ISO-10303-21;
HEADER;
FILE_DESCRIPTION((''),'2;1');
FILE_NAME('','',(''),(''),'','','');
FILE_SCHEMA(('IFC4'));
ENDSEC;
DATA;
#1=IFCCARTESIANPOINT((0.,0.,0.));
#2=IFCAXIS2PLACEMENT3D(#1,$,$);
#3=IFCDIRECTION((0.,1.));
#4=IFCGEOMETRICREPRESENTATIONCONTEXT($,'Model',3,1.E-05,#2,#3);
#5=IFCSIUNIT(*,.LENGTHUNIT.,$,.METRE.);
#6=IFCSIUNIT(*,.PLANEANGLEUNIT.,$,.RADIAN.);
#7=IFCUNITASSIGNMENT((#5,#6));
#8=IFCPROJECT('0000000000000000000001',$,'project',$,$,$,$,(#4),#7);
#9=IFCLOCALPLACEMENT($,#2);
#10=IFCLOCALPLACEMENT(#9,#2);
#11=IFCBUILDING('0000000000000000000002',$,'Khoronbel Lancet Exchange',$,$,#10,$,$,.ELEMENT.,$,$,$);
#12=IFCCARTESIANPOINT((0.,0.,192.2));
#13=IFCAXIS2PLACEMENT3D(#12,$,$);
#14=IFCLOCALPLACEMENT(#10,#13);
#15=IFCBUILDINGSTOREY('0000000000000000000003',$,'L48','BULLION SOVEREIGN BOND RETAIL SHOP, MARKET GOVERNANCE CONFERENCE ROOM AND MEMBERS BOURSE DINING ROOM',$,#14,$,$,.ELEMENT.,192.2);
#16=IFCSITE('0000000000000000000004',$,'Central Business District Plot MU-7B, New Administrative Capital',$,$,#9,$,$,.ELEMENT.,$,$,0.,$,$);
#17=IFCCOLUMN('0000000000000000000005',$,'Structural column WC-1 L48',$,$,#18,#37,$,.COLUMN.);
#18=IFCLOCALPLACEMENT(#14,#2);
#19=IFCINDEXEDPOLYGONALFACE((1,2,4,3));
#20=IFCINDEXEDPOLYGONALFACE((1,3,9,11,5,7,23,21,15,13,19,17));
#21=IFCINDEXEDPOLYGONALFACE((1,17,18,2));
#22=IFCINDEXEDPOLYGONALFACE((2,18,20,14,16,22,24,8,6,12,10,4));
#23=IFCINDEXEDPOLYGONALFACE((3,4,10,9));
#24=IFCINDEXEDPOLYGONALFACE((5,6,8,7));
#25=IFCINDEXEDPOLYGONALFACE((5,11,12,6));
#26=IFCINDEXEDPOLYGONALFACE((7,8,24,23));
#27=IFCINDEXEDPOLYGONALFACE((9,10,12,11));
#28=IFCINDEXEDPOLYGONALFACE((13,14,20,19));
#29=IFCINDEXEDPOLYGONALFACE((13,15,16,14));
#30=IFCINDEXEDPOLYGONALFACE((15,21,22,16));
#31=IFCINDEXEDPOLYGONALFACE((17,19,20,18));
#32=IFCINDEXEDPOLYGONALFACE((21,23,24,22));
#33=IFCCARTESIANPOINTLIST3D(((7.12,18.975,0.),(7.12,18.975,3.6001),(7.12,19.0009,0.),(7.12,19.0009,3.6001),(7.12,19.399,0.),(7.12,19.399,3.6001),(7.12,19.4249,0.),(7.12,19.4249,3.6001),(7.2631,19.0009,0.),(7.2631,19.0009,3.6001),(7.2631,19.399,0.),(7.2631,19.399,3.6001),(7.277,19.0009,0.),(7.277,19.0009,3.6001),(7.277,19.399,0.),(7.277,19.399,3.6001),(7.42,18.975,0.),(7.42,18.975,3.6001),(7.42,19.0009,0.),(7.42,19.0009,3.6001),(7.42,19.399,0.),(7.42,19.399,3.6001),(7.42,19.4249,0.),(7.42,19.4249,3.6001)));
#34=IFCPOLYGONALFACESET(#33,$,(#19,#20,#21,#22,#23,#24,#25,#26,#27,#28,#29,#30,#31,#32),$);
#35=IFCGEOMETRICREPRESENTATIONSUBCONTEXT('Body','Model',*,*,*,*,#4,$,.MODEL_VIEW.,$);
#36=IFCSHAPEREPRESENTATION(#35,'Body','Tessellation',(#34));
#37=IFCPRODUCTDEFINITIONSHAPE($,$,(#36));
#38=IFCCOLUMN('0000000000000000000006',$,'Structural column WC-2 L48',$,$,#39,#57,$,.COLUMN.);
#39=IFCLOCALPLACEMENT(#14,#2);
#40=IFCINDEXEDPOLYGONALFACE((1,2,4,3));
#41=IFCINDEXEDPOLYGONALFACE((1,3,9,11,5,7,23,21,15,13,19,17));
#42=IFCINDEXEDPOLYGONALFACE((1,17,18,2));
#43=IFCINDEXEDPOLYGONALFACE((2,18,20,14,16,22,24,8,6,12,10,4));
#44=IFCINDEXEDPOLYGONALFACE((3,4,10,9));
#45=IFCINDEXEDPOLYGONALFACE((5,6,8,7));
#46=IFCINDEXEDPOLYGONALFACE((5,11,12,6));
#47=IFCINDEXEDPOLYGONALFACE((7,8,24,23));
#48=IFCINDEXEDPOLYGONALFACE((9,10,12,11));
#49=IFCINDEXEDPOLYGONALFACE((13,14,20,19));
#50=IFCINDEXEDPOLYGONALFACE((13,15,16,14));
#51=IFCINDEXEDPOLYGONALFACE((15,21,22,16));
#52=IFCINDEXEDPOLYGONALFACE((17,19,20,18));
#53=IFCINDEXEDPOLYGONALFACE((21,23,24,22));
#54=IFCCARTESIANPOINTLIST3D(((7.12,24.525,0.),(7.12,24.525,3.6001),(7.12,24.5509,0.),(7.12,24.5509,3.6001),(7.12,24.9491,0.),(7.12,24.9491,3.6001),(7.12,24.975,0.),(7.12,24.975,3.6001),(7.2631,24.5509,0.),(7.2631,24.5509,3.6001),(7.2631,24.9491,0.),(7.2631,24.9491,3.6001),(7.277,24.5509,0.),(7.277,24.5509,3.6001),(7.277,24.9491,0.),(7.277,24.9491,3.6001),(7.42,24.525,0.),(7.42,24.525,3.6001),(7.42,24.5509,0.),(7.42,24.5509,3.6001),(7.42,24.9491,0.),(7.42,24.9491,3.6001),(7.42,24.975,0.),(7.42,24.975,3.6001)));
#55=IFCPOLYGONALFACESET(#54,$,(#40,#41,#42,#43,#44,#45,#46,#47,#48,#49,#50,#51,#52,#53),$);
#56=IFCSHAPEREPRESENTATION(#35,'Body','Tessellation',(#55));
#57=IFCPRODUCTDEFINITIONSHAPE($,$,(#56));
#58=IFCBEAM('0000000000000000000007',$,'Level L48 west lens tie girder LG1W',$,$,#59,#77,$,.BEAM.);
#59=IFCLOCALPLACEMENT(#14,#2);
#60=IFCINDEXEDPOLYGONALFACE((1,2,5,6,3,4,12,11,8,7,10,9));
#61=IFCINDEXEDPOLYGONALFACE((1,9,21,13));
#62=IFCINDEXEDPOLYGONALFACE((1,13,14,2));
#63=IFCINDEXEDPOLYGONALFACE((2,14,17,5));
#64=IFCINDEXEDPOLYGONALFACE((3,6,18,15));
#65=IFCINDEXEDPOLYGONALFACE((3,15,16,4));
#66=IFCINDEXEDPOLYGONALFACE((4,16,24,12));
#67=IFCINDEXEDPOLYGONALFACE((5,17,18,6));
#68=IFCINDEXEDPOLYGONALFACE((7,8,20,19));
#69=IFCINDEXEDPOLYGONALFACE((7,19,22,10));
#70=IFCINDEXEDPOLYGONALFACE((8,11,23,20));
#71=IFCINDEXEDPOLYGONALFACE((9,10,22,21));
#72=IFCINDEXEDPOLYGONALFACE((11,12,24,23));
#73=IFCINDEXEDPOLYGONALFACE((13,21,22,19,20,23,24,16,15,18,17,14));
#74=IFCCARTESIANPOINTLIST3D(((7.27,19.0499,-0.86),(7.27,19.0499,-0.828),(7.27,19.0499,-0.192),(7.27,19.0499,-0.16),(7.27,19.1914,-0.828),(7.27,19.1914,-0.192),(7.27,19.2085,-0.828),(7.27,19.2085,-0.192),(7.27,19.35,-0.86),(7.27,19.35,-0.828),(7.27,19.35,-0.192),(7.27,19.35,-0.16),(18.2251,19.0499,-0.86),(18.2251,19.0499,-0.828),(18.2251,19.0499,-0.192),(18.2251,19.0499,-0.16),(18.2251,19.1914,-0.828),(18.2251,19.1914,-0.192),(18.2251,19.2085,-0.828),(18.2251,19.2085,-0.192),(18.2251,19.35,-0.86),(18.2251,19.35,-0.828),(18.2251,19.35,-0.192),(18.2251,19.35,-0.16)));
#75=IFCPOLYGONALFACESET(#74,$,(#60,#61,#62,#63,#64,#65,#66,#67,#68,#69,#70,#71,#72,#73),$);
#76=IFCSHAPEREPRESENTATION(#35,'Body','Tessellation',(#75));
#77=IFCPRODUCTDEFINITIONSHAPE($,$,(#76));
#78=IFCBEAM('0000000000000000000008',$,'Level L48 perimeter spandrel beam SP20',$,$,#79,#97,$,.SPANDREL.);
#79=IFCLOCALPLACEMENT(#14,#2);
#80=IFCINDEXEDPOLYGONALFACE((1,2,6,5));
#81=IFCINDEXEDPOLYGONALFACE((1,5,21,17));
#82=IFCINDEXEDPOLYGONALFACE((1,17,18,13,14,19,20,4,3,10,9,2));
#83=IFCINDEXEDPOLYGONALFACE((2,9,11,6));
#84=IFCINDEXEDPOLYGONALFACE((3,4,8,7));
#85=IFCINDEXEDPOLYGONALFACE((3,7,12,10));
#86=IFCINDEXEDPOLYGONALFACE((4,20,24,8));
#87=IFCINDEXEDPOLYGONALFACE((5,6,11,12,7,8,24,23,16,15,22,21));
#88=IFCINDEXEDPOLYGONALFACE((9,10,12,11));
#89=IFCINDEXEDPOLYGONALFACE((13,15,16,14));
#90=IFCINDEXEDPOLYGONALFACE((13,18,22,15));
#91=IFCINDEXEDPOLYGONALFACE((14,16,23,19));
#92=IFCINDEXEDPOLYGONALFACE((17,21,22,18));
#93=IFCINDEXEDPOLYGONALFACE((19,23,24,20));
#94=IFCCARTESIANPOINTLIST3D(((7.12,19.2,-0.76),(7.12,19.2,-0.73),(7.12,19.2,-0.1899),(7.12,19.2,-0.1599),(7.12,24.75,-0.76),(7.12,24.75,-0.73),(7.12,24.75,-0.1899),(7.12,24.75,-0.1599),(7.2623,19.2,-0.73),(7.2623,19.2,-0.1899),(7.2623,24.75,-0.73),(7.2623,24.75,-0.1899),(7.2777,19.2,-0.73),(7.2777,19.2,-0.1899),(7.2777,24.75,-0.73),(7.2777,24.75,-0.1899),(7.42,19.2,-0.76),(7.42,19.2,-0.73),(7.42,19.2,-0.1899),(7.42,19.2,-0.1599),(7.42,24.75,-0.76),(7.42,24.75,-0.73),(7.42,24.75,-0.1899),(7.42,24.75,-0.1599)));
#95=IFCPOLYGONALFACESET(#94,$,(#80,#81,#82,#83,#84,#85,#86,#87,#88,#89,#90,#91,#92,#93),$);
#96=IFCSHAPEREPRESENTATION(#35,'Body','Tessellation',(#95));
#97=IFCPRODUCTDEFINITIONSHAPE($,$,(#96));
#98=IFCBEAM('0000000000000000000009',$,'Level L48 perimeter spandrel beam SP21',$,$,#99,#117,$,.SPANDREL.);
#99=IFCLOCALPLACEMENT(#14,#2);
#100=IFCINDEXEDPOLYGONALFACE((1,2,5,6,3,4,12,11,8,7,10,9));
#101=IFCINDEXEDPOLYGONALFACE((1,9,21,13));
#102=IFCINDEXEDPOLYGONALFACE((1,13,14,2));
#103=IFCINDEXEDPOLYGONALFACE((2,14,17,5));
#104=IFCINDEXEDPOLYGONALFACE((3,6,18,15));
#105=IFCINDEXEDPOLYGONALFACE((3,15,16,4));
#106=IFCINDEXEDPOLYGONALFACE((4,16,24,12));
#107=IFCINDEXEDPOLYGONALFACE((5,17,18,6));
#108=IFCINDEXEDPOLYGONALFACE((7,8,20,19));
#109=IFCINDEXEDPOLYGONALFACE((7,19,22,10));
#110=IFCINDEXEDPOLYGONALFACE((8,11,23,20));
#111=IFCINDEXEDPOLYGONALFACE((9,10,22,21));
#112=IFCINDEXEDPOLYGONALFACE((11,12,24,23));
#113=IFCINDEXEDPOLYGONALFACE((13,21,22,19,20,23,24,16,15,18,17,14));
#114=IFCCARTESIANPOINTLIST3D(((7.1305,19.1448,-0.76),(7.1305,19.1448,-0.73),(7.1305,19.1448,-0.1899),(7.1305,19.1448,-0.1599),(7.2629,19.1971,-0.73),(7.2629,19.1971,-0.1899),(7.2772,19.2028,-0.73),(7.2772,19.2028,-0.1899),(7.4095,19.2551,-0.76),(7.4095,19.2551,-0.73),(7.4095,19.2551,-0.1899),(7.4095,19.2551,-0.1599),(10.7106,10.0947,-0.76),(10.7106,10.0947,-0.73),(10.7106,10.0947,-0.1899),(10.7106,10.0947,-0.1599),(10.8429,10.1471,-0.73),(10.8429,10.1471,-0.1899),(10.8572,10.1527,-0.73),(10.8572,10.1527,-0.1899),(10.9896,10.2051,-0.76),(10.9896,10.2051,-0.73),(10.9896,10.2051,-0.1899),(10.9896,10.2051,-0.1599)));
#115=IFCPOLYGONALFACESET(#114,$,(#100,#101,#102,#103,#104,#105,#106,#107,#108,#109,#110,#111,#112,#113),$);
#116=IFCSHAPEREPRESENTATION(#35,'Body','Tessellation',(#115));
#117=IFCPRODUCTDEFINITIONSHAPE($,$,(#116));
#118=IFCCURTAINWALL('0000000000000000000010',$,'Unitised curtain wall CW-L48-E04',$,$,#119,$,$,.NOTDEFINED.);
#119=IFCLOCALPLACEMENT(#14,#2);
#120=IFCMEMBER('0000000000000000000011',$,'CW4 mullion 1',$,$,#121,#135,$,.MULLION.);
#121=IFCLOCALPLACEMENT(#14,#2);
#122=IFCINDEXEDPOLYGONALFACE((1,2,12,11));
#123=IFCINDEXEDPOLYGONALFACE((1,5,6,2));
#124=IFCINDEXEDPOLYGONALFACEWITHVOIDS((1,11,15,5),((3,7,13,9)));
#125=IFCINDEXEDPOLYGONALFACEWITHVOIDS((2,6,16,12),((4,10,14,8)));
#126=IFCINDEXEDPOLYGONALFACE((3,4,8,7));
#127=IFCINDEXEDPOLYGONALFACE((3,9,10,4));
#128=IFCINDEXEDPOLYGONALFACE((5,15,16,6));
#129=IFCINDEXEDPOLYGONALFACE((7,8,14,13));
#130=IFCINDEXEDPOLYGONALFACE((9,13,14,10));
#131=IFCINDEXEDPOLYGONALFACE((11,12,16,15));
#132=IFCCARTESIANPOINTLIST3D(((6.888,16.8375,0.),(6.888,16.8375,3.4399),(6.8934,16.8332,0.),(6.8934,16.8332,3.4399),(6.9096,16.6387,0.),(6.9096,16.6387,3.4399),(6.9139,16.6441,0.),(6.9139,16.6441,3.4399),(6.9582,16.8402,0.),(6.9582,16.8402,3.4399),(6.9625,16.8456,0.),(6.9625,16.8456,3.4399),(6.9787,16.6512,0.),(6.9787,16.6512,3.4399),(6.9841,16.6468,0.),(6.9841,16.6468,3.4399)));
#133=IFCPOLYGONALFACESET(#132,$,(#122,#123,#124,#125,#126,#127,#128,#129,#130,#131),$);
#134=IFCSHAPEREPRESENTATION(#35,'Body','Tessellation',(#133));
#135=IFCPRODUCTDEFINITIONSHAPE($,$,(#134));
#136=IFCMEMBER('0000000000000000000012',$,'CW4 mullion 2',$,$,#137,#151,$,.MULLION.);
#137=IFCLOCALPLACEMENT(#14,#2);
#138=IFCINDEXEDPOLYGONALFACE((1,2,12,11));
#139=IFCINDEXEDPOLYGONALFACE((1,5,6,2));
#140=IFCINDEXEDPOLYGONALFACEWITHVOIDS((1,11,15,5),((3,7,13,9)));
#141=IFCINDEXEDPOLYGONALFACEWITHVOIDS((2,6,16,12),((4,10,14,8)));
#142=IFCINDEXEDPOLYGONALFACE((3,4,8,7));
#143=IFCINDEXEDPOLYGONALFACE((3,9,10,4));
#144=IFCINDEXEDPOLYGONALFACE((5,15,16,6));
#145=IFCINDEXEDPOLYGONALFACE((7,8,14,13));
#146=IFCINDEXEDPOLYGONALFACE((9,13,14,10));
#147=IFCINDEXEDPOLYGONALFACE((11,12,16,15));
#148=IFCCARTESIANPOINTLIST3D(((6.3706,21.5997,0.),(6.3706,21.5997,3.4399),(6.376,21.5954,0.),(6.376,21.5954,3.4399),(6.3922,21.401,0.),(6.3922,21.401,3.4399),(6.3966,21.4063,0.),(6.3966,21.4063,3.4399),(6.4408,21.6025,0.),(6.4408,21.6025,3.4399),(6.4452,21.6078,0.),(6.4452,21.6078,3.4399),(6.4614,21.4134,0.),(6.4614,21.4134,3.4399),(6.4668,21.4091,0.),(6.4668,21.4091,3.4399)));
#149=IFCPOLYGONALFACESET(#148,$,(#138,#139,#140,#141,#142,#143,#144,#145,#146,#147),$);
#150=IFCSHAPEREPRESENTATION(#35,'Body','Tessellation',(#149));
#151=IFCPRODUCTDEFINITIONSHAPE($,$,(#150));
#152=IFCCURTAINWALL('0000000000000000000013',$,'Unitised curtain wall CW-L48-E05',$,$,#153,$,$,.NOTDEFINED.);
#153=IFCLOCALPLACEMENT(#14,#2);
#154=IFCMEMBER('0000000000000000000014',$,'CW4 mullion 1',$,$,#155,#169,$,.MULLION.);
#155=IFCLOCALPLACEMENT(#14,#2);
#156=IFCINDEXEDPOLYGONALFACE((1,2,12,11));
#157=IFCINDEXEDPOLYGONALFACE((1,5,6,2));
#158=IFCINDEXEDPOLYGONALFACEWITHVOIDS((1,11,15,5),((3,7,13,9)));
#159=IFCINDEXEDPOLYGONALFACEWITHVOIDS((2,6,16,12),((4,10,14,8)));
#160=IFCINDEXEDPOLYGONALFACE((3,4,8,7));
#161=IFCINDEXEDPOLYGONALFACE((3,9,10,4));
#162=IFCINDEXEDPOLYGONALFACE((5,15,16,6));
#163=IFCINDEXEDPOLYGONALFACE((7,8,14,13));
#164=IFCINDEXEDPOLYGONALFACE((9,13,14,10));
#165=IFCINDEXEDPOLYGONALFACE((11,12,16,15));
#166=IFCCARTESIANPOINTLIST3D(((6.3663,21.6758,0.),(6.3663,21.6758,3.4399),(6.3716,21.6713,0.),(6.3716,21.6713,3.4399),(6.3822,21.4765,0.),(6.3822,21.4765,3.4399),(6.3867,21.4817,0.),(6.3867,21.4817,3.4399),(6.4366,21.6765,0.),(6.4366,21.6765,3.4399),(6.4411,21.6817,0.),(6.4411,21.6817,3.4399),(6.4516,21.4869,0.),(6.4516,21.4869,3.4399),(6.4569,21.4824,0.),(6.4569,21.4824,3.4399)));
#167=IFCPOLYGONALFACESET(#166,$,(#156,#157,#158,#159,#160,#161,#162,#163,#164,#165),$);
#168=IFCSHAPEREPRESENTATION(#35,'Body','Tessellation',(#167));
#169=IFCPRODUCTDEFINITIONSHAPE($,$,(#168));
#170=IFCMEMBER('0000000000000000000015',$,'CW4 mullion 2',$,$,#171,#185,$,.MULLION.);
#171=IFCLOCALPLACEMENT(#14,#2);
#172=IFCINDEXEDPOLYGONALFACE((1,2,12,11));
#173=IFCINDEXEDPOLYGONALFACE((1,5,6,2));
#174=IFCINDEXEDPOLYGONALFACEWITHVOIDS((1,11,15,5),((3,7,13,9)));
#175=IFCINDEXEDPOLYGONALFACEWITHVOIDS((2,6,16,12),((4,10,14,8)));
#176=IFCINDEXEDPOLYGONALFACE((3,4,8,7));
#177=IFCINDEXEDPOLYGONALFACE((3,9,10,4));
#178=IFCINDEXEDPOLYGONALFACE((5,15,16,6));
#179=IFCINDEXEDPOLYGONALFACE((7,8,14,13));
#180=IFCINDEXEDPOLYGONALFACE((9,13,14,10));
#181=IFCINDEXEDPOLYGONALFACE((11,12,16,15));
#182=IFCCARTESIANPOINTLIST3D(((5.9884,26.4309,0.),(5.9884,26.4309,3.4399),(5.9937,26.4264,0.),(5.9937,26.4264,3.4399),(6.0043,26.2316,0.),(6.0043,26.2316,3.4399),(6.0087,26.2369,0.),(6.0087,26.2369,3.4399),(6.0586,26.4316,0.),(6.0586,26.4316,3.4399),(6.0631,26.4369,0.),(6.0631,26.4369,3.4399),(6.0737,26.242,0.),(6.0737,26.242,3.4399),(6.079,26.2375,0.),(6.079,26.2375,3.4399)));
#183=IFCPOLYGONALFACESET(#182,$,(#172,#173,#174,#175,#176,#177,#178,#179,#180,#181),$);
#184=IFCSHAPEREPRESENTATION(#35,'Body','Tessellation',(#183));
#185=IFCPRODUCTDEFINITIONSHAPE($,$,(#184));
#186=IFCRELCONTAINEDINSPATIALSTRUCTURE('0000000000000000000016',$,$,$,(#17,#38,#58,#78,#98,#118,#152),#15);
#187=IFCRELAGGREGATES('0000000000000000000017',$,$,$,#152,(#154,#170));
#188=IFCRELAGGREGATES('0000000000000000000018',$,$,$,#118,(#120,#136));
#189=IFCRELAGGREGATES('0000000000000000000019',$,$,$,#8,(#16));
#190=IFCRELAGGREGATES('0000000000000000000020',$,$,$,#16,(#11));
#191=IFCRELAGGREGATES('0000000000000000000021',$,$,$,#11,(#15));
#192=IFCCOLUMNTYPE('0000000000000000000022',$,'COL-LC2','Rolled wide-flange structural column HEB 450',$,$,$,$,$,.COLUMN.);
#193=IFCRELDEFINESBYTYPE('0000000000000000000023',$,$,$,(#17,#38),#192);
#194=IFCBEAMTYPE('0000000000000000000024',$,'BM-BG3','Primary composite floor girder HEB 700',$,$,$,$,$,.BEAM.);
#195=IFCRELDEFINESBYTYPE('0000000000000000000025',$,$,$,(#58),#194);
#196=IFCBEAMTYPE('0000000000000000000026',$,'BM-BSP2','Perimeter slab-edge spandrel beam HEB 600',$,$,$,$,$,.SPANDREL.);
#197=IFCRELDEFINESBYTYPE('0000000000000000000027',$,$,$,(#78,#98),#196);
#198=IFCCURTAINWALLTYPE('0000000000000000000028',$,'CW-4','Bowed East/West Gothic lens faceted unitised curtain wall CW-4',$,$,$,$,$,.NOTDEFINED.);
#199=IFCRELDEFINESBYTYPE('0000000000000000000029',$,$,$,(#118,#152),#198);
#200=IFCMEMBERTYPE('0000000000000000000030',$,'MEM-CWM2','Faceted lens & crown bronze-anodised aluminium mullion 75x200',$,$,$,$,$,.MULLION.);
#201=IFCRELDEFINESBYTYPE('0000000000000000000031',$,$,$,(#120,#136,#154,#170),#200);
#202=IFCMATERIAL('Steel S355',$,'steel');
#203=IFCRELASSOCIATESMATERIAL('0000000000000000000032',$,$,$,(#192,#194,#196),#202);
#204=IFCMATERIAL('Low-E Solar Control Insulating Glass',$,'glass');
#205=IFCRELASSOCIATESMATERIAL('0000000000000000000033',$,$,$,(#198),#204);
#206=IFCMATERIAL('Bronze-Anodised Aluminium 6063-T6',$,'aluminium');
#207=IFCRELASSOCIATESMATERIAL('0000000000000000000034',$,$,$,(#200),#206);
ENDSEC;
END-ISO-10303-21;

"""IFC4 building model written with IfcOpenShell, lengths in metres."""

from ifc_helpers import new_model, si_unit, direction, frame, origin, origin_2d, place, context, subcontext, project, spatial, hollow_rectangle, i_section, extrude, material, material_profile, profile_set, type_object, element, aggregate, save


model = new_model("IFC4")

# Units and contexts
model_context = context("Model", 3, precision=1e-05, world=origin(), true_north=direction((0.0, 1.0)))
body_context = subcontext(model_context, "Body", "Model", "MODEL_VIEW")
ifc_project = project(units=[si_unit("LENGTHUNIT", "METRE"), si_unit("PLANEANGLEUNIT", "RADIAN")], contexts=[model_context])

# Site, building, storey
site_placement = place(None, origin())
site = spatial("IfcSite", under=ifc_project, at=site_placement, Name="Central Business District Plot MU-7B, New Administrative Capital", CompositionType="ELEMENT", RefElevation=0.0)
building_placement = place(site_placement, origin())
building = spatial("IfcBuilding", under=site, at=building_placement, Name="Khoronbel Lancet Exchange", CompositionType="ELEMENT")
storey_placement = place(building_placement, frame((0.0, 0.0, 192.2)))
storey = spatial("IfcBuildingStorey", under=building, at=storey_placement, Name="L48", Description="BULLION SOVEREIGN BOND RETAIL SHOP, MARKET GOVERNANCE CONFERENCE ROOM AND MEMBERS BOURSE DINING ROOM", CompositionType="ELEMENT", Elevation=192.2)

# Columns
ifc_material_1 = material(Name="Steel S355", Category="steel")
ifc_material_profile_1 = material_profile(ifc_material_1, i_section(OverallWidth=0.3, OverallDepth=0.45, WebThickness=0.0139, FlangeThickness=0.0259, at=origin_2d()), Name="HEB 450")
ifc_profile_set_1 = profile_set([ifc_material_profile_1], Name="Steel S355")
column_type = type_object("IfcColumnType", Name="COL-LC2", Description="Rolled wide-flange structural column HEB 450", PredefinedType="COLUMN", material=ifc_profile_set_1)
for number, where, z_axis, x_axis, name in (
    (1, (7.27, 19.2, 0.0), (0.0, 0.0, 1.0), (1.0, 0.0, 0.0), "Structural column WC-1 L48"),
    (2, (7.27, 24.75, 0.0), (0.0, 0.0, 1.0), (1.0, 0.0, 0.0), "Structural column WC-2 L48"),
):
    element("IfcColumn", number, at=place(storey_placement, frame(where, z_axis=z_axis, x_axis=x_axis)), inside=storey, type_object=column_type, Name=name, PredefinedType="COLUMN", context=body_context, shape_type="SweptSolid", body=[
        extrude(i_section(OverallWidth=0.3, OverallDepth=0.45, WebThickness=0.0139, FlangeThickness=0.0259, at=origin_2d()), origin(), (0.0, 0.0, 1.0), 3.6001),
    ])

# Beams
ifc_material_profile_2 = material_profile(ifc_material_1, i_section(OverallWidth=0.3, OverallDepth=0.7, WebThickness=0.0171, FlangeThickness=0.032, at=origin_2d()), Name="HEB 700")
ifc_profile_set_2 = profile_set([ifc_material_profile_2], Name="Steel S355")
beam_type_1 = type_object("IfcBeamType", Name="BM-BG3", Description="Primary composite floor girder HEB 700", PredefinedType="BEAM", material=ifc_profile_set_2)
beam_1_placement = place(storey_placement, frame((7.27, 19.2, -0.51), z_axis=(1.0, 0.0, 0.0), x_axis=(0.0, 1.0, 0.0)))
element("IfcBeam", 3, at=beam_1_placement, inside=storey, type_object=beam_type_1, Name="Level L48 west lens tie girder LG1W", PredefinedType="BEAM", context=body_context, shape_type="SweptSolid", body=[
    extrude(i_section(OverallWidth=0.3, OverallDepth=0.7, WebThickness=0.0171, FlangeThickness=0.032, at=origin_2d()), origin(), (0.0, 0.0, 1.0), 10.9551),
])
ifc_material_profile_3 = material_profile(ifc_material_1, i_section(OverallWidth=0.3, OverallDepth=0.6001, WebThickness=0.0154, FlangeThickness=0.03, at=origin_2d()), Name="HEB 600")
ifc_profile_set_3 = profile_set([ifc_material_profile_3], Name="Steel S355")
beam_type_2 = type_object("IfcBeamType", Name="BM-BSP2", Description="Perimeter slab-edge spandrel beam HEB 600", PredefinedType="SPANDREL", material=ifc_profile_set_3)
beam_2_placement = place(storey_placement, frame((7.27, 24.75, -0.46), z_axis=(0.0, -1.0, 0.0), x_axis=(1.0, 0.0, 0.0)))
element("IfcBeam", 4, at=beam_2_placement, inside=storey, type_object=beam_type_2, Name="Level L48 perimeter spandrel beam SP20", PredefinedType="SPANDREL", context=body_context, shape_type="SweptSolid", body=[
    extrude(i_section(OverallWidth=0.3, OverallDepth=0.6001, WebThickness=0.0154, FlangeThickness=0.03, at=origin_2d()), origin(), (0.0, 0.0, 1.0), 5.55),
])
beam_3_placement = place(storey_placement, frame((7.27, 19.2, -0.46), z_axis=(0.36785, -0.929885, 0.0), x_axis=(0.929885, 0.36785, 0.0)))
element("IfcBeam", 5, at=beam_3_placement, inside=storey, type_object=beam_type_2, Name="Level L48 perimeter spandrel beam SP21", PredefinedType="SPANDREL", context=body_context, shape_type="SweptSolid", body=[
    extrude(i_section(OverallWidth=0.3, OverallDepth=0.6001, WebThickness=0.0154, FlangeThickness=0.03, at=origin_2d()), origin(), (0.0, 0.0, 1.0), 9.7324),
])

# Curtain walls, members
ifc_material_2 = material(Name="Low-E Solar Control Insulating Glass", Category="glass")
curtain_wall_type = type_object("IfcCurtainWallType", Name="CW-4", Description="Bowed East/West Gothic lens faceted unitised curtain wall CW-4", PredefinedType="NOTDEFINED", material=ifc_material_2)
curtain_wall_1_placement = place(storey_placement, origin())
curtain_wall_1 = element("IfcCurtainWall", 6, at=curtain_wall_1_placement, inside=storey, type_object=curtain_wall_type, Name="Unitised curtain wall CW-L48-E04", PredefinedType="NOTDEFINED")
ifc_material_3 = material(Name="Bronze-Anodised Aluminium 6063-T6", Category="aluminium")
ifc_material_profile_4 = material_profile(ifc_material_3, hollow_rectangle(XDim=0.075, YDim=0.2, WallThickness=0.0049, at=origin_2d()), Name="ALU MULLION 75x200")
ifc_profile_set_4 = profile_set([ifc_material_profile_4], Name="Bronze-Anodised Aluminium 6063-T6")
member_type_1 = type_object("IfcMemberType", Name="MEM-CWM2", Description="Faceted lens & crown bronze-anodised aluminium mullion 75x200", PredefinedType="MULLION", material=ifc_profile_set_4)
member_1_placement = place(storey_placement, frame((6.936, 16.7422, 0.0), z_axis=(0.0, 0.0, 1.0), x_axis=(-0.994152, -0.10799, 0.0)))
member_1 = element("IfcMember", 7, at=member_1_placement, type_object=member_type_1, Name="CW4 mullion 1", PredefinedType="MULLION", context=body_context, shape_type="SweptSolid", body=[
    extrude(hollow_rectangle(XDim=0.075, YDim=0.2, WallThickness=0.0049, at=origin_2d()), origin(), (0.0, 0.0, 1.0), 3.4399),
])
member_2_placement = place(storey_placement, frame((6.4187, 21.5044, 0.0), z_axis=(0.0, 0.0, 1.0), x_axis=(-0.994152, -0.10799, 0.0)))
member_2 = element("IfcMember", 8, at=member_2_placement, type_object=member_type_1, Name="CW4 mullion 2", PredefinedType="MULLION", context=body_context, shape_type="SweptSolid", body=[
    extrude(hollow_rectangle(XDim=0.075, YDim=0.2, WallThickness=0.0049, at=origin_2d()), origin(), (0.0, 0.0, 1.0), 3.4399),
])
curtain_wall_2_placement = place(storey_placement, origin())
curtain_wall_2 = element("IfcCurtainWall", 9, at=curtain_wall_2_placement, inside=storey, type_object=curtain_wall_type, Name="Unitised curtain wall CW-L48-E05", PredefinedType="NOTDEFINED")
member_3_placement = place(storey_placement, frame((6.4116, 21.5791, 0.0), z_axis=(0.0, 0.0, 1.0), x_axis=(-0.996854, -0.079255, 0.0)))
member_3 = element("IfcMember", 10, at=member_3_placement, type_object=member_type_1, Name="CW4 mullion 1", PredefinedType="MULLION", context=body_context, shape_type="SweptSolid", body=[
    extrude(hollow_rectangle(XDim=0.075, YDim=0.2, WallThickness=0.0049, at=origin_2d()), origin(), (0.0, 0.0, 1.0), 3.4399),
])
member_4_placement = place(storey_placement, frame((6.0337, 26.3342, 0.0), z_axis=(0.0, 0.0, 1.0), x_axis=(-0.996854, -0.079255, 0.0)))
member_4 = element("IfcMember", 11, at=member_4_placement, type_object=member_type_1, Name="CW4 mullion 2", PredefinedType="MULLION", context=body_context, shape_type="SweptSolid", body=[
    extrude(hollow_rectangle(XDim=0.075, YDim=0.2, WallThickness=0.0049, at=origin_2d()), origin(), (0.0, 0.0, 1.0), 3.4399),
])

aggregate(curtain_wall_2, [member_3, member_4])
aggregate(curtain_wall_1, [member_1, member_2])

save(model, "model.ifc")
